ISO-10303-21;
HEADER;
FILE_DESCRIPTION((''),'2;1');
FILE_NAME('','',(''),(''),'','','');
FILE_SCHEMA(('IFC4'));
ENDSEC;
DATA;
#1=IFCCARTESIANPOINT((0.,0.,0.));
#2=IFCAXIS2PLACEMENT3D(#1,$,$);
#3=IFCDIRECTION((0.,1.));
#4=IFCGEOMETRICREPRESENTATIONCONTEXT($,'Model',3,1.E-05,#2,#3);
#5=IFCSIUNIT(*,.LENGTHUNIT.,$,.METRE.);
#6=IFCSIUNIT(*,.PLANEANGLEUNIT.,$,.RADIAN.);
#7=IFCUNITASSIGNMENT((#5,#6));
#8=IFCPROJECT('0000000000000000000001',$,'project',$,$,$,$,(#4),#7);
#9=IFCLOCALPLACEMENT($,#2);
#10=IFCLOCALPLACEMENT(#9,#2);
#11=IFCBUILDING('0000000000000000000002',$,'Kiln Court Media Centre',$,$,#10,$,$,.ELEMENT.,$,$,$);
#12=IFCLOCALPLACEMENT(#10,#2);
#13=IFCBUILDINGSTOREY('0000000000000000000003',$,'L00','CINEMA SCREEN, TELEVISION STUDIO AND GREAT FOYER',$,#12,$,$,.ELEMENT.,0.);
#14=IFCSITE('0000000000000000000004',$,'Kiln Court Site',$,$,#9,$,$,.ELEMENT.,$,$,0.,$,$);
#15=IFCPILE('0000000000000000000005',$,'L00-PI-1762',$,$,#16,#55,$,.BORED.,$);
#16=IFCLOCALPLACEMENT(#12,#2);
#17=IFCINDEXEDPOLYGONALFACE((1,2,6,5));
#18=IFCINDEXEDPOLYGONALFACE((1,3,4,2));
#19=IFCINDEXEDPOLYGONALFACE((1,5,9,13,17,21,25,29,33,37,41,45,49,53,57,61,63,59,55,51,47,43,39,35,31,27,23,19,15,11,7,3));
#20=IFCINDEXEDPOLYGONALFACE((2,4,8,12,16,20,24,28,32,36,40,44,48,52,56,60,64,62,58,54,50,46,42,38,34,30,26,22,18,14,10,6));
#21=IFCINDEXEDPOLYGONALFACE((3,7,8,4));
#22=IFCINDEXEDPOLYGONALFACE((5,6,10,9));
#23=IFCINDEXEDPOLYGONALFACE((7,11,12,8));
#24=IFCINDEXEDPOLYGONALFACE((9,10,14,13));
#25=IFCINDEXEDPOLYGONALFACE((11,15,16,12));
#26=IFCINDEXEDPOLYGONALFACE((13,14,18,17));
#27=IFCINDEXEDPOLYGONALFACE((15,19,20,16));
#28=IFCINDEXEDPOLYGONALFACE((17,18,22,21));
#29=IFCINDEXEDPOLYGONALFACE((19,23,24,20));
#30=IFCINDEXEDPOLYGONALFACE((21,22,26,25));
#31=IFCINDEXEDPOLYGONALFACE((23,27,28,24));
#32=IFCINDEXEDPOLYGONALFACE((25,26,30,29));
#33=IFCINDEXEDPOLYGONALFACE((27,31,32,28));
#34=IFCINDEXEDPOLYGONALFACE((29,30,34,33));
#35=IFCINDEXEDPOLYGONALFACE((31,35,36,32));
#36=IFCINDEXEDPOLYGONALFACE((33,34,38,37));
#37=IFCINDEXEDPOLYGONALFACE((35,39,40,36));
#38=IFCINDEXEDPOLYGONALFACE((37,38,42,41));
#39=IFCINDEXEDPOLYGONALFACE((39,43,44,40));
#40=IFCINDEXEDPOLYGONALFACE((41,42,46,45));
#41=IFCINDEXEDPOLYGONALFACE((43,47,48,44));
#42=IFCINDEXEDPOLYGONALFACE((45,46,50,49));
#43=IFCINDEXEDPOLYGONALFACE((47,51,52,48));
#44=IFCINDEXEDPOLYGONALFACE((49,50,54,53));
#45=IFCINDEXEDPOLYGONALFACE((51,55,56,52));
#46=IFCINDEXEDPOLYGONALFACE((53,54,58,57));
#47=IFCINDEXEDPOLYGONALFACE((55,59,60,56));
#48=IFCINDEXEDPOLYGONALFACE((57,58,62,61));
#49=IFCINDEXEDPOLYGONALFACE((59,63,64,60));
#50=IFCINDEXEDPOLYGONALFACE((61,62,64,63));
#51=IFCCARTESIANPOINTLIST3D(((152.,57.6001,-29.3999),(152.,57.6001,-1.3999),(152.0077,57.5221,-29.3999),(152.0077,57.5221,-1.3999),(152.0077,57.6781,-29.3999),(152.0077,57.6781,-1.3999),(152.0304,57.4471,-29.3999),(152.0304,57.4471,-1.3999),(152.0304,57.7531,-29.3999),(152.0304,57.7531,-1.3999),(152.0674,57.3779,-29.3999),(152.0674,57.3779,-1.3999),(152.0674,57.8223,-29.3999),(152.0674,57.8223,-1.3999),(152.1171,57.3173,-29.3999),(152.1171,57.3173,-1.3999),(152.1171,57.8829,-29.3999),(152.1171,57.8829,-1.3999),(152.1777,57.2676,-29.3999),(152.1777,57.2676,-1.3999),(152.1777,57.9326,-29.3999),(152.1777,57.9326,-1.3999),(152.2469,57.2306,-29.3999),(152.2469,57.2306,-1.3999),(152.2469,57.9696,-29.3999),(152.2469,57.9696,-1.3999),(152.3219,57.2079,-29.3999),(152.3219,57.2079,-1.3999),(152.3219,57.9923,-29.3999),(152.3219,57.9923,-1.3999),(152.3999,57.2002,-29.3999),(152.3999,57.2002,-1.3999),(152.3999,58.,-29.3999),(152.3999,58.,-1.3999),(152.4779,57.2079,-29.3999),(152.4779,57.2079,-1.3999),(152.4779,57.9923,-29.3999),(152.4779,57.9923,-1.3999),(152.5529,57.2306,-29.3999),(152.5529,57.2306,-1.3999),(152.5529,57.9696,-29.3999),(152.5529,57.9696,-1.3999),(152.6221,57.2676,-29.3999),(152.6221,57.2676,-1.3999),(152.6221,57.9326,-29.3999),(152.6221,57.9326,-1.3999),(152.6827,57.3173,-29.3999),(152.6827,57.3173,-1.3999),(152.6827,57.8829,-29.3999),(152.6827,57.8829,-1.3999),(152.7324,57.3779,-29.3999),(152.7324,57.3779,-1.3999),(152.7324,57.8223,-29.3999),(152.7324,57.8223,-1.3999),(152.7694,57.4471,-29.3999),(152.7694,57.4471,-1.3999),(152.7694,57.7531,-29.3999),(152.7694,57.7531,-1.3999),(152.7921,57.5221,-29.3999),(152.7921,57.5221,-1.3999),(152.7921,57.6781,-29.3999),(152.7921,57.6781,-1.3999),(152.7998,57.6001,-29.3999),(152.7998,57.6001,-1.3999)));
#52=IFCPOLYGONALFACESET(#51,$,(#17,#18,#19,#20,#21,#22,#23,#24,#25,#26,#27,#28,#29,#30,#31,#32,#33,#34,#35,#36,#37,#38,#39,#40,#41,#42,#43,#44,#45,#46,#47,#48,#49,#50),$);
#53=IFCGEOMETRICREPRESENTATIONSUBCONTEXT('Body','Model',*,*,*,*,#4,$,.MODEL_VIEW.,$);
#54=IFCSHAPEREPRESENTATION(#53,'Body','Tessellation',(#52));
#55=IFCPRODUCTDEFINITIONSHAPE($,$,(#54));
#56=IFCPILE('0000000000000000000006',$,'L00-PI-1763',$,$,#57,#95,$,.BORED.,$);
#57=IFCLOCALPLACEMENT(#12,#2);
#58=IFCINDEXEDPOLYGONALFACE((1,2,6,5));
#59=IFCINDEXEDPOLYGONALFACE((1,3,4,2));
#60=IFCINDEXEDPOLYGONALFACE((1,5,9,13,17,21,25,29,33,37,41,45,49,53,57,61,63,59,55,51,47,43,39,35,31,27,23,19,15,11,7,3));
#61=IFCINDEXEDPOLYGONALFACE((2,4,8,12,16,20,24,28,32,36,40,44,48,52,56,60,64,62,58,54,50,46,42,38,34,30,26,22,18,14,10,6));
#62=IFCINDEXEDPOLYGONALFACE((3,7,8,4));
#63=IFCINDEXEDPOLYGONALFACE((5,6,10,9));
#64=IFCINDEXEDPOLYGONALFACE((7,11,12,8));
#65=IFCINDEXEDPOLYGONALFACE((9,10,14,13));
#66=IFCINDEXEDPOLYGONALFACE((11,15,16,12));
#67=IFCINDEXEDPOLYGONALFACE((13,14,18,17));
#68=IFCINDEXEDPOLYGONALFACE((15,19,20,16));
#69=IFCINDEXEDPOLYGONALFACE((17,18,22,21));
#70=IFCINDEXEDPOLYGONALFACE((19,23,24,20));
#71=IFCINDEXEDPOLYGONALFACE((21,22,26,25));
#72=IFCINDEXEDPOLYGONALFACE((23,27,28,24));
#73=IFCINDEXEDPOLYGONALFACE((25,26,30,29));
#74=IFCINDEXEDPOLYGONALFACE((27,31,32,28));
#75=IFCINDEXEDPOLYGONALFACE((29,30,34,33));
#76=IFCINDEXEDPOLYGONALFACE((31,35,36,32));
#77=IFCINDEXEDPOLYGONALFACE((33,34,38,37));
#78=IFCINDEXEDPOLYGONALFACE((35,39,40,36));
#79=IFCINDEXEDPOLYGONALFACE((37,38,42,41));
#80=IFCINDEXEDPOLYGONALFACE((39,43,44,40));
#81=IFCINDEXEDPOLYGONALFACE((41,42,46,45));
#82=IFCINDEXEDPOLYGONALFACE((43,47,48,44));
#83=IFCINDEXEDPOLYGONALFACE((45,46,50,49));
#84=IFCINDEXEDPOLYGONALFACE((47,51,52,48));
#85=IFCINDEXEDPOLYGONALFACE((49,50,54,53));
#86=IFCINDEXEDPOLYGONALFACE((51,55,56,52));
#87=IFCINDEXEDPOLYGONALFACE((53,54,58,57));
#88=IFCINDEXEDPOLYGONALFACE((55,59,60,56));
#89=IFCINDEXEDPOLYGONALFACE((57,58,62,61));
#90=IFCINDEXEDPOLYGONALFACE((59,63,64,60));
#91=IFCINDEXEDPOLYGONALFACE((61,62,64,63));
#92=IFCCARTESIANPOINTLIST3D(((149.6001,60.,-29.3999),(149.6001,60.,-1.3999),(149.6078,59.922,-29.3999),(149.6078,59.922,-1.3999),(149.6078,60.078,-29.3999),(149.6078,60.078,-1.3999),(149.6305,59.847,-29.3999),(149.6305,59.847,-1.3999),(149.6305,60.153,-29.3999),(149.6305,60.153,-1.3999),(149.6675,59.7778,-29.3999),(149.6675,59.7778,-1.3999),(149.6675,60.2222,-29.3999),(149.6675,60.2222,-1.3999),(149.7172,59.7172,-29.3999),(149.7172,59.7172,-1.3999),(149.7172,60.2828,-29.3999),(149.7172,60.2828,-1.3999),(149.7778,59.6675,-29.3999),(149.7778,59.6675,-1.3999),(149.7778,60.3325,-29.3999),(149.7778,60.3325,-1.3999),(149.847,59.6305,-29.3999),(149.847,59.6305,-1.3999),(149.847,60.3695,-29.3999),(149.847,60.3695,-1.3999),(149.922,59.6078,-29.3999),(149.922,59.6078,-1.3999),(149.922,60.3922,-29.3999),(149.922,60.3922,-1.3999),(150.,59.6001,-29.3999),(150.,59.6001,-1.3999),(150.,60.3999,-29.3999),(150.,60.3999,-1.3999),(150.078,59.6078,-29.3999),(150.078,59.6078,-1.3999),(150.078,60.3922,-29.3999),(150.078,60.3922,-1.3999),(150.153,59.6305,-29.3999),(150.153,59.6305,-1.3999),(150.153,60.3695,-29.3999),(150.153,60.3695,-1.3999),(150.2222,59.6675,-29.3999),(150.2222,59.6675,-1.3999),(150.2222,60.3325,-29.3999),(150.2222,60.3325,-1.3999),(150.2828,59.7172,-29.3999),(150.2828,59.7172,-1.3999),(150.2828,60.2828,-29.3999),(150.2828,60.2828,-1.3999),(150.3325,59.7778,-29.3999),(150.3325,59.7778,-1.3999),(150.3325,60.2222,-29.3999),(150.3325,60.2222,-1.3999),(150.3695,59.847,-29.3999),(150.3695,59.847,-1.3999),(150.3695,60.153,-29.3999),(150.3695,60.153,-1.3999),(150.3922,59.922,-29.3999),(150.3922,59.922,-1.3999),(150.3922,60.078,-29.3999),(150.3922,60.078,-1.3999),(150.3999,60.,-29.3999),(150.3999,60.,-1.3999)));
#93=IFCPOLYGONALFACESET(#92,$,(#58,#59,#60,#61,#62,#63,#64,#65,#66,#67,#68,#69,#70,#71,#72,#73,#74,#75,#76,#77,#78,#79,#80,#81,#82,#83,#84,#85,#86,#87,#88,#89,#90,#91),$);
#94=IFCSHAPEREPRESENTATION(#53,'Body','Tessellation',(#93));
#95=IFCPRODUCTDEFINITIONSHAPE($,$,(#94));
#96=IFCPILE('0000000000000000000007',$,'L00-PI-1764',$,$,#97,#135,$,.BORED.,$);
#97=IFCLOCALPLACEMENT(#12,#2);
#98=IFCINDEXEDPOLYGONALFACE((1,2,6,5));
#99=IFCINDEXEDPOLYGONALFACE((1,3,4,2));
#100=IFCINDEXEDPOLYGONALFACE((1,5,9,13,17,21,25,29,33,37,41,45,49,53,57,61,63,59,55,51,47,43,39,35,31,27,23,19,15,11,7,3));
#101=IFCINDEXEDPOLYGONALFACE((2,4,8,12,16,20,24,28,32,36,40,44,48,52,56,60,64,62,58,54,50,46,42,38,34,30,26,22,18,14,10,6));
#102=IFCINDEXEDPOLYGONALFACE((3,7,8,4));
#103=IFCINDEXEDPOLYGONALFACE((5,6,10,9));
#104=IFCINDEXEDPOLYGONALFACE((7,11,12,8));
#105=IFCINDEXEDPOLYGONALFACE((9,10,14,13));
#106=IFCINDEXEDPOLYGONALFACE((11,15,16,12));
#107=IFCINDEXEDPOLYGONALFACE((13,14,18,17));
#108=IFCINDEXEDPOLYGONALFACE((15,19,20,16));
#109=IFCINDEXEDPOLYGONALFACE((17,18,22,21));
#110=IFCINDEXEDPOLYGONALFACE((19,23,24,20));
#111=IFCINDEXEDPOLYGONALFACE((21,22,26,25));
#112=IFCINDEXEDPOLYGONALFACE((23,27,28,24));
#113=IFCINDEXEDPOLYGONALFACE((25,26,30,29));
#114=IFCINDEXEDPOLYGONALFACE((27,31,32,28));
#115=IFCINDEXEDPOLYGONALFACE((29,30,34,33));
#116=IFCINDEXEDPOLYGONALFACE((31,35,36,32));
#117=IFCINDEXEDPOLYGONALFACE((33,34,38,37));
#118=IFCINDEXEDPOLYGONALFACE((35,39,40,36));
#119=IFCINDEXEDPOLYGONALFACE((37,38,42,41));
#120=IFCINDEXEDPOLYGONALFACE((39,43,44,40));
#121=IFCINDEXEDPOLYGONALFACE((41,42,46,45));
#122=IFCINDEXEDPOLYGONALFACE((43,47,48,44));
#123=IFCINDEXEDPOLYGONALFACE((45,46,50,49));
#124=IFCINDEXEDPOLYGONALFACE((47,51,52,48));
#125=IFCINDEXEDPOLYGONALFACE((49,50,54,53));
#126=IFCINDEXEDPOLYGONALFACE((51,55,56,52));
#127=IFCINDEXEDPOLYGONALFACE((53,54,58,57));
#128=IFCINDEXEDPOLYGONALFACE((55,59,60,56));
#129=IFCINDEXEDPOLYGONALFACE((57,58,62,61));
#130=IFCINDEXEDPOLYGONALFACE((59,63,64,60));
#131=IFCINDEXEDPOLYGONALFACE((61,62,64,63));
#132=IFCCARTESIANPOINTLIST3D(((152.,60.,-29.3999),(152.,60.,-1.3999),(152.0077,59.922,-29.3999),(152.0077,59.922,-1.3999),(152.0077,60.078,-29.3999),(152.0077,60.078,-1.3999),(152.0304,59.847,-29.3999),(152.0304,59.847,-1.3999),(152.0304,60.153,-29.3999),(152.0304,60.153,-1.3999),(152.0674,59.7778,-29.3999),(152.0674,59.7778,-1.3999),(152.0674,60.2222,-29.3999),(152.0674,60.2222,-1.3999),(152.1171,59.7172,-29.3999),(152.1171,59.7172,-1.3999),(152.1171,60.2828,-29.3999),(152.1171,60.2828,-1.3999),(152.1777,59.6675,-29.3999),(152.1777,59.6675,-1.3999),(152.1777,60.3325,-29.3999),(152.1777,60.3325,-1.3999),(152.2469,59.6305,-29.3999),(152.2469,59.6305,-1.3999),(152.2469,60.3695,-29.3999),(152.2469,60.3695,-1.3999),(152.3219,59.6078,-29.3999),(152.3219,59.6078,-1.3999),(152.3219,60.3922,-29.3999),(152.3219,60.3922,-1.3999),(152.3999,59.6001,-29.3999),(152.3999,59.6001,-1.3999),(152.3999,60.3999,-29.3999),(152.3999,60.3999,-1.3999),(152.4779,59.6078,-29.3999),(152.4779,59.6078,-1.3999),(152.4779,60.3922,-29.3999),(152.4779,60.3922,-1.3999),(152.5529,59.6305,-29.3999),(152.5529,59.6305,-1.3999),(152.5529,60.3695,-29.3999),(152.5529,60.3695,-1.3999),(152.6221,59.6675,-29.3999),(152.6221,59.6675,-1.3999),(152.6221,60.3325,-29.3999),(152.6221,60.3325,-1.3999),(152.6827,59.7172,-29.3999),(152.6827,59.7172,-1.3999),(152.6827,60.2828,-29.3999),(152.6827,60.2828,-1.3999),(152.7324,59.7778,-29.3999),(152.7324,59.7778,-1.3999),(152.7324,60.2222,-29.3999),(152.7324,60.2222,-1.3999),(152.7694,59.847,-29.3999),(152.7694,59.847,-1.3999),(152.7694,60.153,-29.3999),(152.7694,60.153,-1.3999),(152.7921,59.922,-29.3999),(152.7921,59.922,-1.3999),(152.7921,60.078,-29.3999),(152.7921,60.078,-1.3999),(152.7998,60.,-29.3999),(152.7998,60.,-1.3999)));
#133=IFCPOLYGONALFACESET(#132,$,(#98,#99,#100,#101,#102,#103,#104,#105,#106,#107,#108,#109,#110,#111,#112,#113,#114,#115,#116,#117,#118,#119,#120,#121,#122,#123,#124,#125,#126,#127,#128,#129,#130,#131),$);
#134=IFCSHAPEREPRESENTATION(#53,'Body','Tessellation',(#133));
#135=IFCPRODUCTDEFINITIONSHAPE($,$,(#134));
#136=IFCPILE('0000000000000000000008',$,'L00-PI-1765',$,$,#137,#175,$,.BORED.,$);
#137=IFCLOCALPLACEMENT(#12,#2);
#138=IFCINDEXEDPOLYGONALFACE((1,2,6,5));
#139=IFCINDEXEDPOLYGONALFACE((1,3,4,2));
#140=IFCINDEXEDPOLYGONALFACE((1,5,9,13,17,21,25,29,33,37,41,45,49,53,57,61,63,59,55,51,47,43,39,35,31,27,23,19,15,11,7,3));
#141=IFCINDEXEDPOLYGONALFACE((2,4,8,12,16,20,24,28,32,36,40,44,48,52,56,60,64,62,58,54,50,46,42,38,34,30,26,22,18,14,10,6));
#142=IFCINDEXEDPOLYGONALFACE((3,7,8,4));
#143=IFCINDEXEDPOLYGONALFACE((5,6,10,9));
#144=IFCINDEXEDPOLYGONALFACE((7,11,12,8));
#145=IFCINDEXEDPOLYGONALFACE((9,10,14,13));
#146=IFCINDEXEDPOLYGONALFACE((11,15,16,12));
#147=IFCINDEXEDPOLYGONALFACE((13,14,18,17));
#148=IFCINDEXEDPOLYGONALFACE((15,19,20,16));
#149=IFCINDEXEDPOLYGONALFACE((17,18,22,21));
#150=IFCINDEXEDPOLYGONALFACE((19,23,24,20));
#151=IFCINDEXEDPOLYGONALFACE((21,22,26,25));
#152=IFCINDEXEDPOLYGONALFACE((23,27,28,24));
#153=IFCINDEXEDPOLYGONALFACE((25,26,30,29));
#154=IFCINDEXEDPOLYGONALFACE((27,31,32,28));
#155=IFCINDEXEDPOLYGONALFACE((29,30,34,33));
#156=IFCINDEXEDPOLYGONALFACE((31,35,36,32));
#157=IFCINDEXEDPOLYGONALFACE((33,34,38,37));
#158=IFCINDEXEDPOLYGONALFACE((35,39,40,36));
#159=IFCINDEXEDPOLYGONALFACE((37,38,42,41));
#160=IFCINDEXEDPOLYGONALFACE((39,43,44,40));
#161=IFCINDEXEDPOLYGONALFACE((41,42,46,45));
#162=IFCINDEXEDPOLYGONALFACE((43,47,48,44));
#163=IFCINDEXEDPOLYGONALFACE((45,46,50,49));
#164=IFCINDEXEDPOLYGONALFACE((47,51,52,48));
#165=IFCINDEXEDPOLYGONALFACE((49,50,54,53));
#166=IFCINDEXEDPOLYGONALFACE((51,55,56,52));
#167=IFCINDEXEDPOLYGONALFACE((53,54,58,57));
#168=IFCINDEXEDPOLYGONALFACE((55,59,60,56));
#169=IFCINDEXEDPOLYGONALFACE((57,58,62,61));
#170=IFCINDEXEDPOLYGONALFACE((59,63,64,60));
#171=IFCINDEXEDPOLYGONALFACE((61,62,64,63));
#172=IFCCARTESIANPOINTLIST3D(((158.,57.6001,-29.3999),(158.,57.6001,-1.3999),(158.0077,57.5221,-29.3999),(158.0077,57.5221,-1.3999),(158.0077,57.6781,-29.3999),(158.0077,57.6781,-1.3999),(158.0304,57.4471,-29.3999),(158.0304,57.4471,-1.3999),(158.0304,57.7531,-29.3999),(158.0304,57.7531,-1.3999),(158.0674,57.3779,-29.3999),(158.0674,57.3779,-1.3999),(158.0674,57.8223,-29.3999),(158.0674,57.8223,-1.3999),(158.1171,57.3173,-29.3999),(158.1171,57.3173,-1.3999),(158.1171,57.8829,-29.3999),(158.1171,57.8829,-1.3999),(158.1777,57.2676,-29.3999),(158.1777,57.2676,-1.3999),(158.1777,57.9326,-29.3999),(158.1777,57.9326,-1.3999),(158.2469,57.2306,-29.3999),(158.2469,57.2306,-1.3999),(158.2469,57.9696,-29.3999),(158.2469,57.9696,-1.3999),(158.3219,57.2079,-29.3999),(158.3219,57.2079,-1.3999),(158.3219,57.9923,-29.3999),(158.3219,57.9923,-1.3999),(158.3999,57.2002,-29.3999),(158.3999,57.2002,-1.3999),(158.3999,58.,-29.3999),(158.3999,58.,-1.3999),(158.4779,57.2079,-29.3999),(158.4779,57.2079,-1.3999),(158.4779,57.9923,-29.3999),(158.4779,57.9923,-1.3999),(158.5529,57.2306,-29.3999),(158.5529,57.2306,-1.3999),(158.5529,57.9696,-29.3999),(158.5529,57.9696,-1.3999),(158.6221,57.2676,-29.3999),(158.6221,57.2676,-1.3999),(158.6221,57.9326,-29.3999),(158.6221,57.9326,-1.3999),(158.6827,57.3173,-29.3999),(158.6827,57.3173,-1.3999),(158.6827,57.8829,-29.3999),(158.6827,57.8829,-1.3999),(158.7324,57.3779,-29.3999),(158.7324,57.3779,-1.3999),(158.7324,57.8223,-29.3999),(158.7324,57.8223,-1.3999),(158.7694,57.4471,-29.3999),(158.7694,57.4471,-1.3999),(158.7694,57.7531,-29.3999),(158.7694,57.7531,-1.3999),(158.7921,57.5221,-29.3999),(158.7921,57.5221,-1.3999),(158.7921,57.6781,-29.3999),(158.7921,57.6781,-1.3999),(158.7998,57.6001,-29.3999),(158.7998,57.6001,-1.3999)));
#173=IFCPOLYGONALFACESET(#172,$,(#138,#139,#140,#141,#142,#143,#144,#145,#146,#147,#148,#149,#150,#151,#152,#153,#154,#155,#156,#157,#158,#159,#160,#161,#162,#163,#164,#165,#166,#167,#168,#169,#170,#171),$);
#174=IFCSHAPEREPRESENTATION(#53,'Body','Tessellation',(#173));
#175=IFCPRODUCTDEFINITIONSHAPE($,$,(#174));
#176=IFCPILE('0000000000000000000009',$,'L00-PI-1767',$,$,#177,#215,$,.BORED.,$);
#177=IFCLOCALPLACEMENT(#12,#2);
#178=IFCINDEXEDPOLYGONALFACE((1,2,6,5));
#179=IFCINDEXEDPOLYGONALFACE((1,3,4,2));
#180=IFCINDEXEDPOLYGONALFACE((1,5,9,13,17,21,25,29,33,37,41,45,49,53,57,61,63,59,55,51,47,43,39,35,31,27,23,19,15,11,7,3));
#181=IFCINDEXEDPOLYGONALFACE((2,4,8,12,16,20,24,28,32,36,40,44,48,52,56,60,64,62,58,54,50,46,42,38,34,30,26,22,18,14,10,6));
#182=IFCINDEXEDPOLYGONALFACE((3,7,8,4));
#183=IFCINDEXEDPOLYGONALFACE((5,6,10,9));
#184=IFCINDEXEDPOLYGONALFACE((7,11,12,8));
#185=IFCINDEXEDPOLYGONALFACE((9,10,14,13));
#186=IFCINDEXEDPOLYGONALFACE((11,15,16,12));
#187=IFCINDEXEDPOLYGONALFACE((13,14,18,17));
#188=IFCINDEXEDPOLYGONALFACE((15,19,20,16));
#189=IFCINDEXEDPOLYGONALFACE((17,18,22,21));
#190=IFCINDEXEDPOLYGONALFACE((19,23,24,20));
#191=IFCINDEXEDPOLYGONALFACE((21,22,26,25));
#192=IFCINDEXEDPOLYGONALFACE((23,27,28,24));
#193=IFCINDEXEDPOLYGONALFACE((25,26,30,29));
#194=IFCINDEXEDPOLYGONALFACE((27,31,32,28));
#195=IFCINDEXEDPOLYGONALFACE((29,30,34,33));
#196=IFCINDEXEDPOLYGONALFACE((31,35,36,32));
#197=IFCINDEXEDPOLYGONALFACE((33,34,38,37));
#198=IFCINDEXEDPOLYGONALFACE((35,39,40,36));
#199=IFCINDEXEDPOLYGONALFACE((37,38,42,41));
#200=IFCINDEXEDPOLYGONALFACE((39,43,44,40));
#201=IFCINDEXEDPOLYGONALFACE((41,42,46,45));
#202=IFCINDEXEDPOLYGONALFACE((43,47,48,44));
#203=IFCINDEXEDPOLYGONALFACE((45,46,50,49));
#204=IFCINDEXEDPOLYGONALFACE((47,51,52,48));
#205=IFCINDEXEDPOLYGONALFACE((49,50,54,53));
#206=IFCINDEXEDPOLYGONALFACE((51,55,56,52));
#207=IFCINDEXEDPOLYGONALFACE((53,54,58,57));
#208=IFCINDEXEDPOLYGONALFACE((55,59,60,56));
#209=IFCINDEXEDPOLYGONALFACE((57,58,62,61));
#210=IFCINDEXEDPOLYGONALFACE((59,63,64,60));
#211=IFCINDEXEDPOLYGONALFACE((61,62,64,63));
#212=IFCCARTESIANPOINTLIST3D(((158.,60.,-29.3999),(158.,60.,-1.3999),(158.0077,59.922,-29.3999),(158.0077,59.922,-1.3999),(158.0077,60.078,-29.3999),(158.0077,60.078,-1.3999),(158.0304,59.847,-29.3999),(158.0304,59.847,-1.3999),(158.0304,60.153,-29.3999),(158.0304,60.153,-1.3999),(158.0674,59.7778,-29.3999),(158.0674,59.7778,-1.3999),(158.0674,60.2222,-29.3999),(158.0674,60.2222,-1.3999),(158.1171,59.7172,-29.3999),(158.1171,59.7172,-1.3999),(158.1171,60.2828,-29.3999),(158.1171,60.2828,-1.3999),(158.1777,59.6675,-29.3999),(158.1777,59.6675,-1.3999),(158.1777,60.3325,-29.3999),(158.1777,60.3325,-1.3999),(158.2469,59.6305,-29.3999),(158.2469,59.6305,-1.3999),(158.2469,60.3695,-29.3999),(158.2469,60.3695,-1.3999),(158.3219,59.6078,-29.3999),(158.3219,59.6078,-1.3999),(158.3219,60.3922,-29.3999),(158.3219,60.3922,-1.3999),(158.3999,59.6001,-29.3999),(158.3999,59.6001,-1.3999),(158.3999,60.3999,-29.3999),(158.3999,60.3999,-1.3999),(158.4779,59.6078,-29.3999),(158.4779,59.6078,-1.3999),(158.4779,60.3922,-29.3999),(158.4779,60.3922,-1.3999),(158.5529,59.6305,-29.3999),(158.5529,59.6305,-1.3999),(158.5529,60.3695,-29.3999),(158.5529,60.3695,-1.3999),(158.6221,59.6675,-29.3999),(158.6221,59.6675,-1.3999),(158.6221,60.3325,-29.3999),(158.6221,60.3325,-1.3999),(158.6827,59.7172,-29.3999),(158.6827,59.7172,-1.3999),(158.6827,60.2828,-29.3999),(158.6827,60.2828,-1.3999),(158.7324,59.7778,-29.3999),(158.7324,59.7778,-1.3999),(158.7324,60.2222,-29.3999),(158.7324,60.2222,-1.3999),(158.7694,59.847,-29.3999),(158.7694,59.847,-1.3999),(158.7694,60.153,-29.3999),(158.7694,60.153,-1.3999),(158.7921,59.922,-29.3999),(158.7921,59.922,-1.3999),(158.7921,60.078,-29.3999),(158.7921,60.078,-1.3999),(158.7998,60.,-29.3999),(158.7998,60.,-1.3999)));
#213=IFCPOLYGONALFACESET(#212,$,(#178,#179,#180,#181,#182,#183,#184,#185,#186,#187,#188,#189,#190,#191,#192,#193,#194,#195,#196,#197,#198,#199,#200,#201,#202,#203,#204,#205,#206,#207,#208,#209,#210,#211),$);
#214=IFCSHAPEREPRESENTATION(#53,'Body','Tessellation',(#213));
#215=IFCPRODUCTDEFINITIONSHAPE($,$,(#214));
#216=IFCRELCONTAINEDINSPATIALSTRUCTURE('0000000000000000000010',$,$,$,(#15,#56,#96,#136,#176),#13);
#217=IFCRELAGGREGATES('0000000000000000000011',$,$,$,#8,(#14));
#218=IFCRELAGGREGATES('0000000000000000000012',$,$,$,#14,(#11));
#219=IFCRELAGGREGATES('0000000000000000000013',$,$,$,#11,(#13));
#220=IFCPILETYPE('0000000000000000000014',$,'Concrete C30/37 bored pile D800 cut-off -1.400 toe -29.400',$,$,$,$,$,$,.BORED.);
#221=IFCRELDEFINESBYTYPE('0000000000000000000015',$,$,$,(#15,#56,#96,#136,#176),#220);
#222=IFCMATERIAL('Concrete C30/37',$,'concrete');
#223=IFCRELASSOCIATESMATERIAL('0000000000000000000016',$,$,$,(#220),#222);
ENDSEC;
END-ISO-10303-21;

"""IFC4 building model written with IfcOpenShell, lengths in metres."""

from ifc_helpers import new_model, si_unit, direction, frame, origin, origin_2d, place, context, subcontext, project, spatial, circle, extrude, material, material_profile, profile_set, type_object, element, save


model = new_model("IFC4")

# Units and contexts
model_context = context("Model", 3, precision=1e-05, world=origin(), true_north=direction((0.0, 1.0)))
body_context = subcontext(model_context, "Body", "Model", "MODEL_VIEW")
ifc_project = project(units=[si_unit("LENGTHUNIT", "METRE"), si_unit("PLANEANGLEUNIT", "RADIAN")], contexts=[model_context])

# Site, building, storey
site_placement = place(None, origin())
site = spatial("IfcSite", under=ifc_project, at=site_placement, Name="Kiln Court Site", CompositionType="ELEMENT", RefElevation=0.0)
building_placement = place(site_placement, origin())
building = spatial("IfcBuilding", under=site, at=building_placement, Name="Kiln Court Media Centre", CompositionType="ELEMENT")
storey_placement = place(building_placement, origin())
storey = spatial("IfcBuildingStorey", under=building, at=storey_placement, Name="L00", Description="CINEMA SCREEN, TELEVISION STUDIO AND GREAT FOYER", CompositionType="ELEMENT", Elevation=0.0)

# Piles
ifc_material_1 = material(Name="Concrete C30/37", Category="concrete")
ifc_material_profile_1 = material_profile(ifc_material_1, circle(Radius=0.3999, at=origin_2d()), Name="PILE D800")
ifc_profile_set_1 = profile_set([ifc_material_profile_1], Name="Concrete C30/37")
pile_type = type_object("IfcPileType", Name="Concrete C30/37 bored pile D800 cut-off -1.400 toe -29.400", PredefinedType="BORED", material=ifc_profile_set_1)
for number, where, z_axis, x_axis, name in (
    (1, (152.3999, 57.6001, -1.3999), (0.0, 0.0, -1.0), (1.0, 0.0, 0.0), "L00-PI-1762"),
    (2, (150.0, 60.0, -1.3999), (0.0, 0.0, -1.0), (1.0, 0.0, 0.0), "L00-PI-1763"),
    (3, (152.3999, 60.0, -1.3999), (0.0, 0.0, -1.0), (1.0, 0.0, 0.0), "L00-PI-1764"),
    (4, (158.3999, 57.6001, -1.3999), (0.0, 0.0, -1.0), (1.0, 0.0, 0.0), "L00-PI-1765"),
    (5, (158.3999, 60.0, -1.3999), (0.0, 0.0, -1.0), (1.0, 0.0, 0.0), "L00-PI-1767"),
):
    element("IfcPile", number, at=place(storey_placement, frame(where, z_axis=z_axis, x_axis=x_axis)), inside=storey, type_object=pile_type, Name=name, PredefinedType="BORED", context=body_context, shape_type="SweptSolid", body=[
        extrude(circle(Radius=0.3999, at=origin_2d()), origin(), (0.0, 0.0, 1.0), 28.0),
    ])

save(model, "model.ifc")
